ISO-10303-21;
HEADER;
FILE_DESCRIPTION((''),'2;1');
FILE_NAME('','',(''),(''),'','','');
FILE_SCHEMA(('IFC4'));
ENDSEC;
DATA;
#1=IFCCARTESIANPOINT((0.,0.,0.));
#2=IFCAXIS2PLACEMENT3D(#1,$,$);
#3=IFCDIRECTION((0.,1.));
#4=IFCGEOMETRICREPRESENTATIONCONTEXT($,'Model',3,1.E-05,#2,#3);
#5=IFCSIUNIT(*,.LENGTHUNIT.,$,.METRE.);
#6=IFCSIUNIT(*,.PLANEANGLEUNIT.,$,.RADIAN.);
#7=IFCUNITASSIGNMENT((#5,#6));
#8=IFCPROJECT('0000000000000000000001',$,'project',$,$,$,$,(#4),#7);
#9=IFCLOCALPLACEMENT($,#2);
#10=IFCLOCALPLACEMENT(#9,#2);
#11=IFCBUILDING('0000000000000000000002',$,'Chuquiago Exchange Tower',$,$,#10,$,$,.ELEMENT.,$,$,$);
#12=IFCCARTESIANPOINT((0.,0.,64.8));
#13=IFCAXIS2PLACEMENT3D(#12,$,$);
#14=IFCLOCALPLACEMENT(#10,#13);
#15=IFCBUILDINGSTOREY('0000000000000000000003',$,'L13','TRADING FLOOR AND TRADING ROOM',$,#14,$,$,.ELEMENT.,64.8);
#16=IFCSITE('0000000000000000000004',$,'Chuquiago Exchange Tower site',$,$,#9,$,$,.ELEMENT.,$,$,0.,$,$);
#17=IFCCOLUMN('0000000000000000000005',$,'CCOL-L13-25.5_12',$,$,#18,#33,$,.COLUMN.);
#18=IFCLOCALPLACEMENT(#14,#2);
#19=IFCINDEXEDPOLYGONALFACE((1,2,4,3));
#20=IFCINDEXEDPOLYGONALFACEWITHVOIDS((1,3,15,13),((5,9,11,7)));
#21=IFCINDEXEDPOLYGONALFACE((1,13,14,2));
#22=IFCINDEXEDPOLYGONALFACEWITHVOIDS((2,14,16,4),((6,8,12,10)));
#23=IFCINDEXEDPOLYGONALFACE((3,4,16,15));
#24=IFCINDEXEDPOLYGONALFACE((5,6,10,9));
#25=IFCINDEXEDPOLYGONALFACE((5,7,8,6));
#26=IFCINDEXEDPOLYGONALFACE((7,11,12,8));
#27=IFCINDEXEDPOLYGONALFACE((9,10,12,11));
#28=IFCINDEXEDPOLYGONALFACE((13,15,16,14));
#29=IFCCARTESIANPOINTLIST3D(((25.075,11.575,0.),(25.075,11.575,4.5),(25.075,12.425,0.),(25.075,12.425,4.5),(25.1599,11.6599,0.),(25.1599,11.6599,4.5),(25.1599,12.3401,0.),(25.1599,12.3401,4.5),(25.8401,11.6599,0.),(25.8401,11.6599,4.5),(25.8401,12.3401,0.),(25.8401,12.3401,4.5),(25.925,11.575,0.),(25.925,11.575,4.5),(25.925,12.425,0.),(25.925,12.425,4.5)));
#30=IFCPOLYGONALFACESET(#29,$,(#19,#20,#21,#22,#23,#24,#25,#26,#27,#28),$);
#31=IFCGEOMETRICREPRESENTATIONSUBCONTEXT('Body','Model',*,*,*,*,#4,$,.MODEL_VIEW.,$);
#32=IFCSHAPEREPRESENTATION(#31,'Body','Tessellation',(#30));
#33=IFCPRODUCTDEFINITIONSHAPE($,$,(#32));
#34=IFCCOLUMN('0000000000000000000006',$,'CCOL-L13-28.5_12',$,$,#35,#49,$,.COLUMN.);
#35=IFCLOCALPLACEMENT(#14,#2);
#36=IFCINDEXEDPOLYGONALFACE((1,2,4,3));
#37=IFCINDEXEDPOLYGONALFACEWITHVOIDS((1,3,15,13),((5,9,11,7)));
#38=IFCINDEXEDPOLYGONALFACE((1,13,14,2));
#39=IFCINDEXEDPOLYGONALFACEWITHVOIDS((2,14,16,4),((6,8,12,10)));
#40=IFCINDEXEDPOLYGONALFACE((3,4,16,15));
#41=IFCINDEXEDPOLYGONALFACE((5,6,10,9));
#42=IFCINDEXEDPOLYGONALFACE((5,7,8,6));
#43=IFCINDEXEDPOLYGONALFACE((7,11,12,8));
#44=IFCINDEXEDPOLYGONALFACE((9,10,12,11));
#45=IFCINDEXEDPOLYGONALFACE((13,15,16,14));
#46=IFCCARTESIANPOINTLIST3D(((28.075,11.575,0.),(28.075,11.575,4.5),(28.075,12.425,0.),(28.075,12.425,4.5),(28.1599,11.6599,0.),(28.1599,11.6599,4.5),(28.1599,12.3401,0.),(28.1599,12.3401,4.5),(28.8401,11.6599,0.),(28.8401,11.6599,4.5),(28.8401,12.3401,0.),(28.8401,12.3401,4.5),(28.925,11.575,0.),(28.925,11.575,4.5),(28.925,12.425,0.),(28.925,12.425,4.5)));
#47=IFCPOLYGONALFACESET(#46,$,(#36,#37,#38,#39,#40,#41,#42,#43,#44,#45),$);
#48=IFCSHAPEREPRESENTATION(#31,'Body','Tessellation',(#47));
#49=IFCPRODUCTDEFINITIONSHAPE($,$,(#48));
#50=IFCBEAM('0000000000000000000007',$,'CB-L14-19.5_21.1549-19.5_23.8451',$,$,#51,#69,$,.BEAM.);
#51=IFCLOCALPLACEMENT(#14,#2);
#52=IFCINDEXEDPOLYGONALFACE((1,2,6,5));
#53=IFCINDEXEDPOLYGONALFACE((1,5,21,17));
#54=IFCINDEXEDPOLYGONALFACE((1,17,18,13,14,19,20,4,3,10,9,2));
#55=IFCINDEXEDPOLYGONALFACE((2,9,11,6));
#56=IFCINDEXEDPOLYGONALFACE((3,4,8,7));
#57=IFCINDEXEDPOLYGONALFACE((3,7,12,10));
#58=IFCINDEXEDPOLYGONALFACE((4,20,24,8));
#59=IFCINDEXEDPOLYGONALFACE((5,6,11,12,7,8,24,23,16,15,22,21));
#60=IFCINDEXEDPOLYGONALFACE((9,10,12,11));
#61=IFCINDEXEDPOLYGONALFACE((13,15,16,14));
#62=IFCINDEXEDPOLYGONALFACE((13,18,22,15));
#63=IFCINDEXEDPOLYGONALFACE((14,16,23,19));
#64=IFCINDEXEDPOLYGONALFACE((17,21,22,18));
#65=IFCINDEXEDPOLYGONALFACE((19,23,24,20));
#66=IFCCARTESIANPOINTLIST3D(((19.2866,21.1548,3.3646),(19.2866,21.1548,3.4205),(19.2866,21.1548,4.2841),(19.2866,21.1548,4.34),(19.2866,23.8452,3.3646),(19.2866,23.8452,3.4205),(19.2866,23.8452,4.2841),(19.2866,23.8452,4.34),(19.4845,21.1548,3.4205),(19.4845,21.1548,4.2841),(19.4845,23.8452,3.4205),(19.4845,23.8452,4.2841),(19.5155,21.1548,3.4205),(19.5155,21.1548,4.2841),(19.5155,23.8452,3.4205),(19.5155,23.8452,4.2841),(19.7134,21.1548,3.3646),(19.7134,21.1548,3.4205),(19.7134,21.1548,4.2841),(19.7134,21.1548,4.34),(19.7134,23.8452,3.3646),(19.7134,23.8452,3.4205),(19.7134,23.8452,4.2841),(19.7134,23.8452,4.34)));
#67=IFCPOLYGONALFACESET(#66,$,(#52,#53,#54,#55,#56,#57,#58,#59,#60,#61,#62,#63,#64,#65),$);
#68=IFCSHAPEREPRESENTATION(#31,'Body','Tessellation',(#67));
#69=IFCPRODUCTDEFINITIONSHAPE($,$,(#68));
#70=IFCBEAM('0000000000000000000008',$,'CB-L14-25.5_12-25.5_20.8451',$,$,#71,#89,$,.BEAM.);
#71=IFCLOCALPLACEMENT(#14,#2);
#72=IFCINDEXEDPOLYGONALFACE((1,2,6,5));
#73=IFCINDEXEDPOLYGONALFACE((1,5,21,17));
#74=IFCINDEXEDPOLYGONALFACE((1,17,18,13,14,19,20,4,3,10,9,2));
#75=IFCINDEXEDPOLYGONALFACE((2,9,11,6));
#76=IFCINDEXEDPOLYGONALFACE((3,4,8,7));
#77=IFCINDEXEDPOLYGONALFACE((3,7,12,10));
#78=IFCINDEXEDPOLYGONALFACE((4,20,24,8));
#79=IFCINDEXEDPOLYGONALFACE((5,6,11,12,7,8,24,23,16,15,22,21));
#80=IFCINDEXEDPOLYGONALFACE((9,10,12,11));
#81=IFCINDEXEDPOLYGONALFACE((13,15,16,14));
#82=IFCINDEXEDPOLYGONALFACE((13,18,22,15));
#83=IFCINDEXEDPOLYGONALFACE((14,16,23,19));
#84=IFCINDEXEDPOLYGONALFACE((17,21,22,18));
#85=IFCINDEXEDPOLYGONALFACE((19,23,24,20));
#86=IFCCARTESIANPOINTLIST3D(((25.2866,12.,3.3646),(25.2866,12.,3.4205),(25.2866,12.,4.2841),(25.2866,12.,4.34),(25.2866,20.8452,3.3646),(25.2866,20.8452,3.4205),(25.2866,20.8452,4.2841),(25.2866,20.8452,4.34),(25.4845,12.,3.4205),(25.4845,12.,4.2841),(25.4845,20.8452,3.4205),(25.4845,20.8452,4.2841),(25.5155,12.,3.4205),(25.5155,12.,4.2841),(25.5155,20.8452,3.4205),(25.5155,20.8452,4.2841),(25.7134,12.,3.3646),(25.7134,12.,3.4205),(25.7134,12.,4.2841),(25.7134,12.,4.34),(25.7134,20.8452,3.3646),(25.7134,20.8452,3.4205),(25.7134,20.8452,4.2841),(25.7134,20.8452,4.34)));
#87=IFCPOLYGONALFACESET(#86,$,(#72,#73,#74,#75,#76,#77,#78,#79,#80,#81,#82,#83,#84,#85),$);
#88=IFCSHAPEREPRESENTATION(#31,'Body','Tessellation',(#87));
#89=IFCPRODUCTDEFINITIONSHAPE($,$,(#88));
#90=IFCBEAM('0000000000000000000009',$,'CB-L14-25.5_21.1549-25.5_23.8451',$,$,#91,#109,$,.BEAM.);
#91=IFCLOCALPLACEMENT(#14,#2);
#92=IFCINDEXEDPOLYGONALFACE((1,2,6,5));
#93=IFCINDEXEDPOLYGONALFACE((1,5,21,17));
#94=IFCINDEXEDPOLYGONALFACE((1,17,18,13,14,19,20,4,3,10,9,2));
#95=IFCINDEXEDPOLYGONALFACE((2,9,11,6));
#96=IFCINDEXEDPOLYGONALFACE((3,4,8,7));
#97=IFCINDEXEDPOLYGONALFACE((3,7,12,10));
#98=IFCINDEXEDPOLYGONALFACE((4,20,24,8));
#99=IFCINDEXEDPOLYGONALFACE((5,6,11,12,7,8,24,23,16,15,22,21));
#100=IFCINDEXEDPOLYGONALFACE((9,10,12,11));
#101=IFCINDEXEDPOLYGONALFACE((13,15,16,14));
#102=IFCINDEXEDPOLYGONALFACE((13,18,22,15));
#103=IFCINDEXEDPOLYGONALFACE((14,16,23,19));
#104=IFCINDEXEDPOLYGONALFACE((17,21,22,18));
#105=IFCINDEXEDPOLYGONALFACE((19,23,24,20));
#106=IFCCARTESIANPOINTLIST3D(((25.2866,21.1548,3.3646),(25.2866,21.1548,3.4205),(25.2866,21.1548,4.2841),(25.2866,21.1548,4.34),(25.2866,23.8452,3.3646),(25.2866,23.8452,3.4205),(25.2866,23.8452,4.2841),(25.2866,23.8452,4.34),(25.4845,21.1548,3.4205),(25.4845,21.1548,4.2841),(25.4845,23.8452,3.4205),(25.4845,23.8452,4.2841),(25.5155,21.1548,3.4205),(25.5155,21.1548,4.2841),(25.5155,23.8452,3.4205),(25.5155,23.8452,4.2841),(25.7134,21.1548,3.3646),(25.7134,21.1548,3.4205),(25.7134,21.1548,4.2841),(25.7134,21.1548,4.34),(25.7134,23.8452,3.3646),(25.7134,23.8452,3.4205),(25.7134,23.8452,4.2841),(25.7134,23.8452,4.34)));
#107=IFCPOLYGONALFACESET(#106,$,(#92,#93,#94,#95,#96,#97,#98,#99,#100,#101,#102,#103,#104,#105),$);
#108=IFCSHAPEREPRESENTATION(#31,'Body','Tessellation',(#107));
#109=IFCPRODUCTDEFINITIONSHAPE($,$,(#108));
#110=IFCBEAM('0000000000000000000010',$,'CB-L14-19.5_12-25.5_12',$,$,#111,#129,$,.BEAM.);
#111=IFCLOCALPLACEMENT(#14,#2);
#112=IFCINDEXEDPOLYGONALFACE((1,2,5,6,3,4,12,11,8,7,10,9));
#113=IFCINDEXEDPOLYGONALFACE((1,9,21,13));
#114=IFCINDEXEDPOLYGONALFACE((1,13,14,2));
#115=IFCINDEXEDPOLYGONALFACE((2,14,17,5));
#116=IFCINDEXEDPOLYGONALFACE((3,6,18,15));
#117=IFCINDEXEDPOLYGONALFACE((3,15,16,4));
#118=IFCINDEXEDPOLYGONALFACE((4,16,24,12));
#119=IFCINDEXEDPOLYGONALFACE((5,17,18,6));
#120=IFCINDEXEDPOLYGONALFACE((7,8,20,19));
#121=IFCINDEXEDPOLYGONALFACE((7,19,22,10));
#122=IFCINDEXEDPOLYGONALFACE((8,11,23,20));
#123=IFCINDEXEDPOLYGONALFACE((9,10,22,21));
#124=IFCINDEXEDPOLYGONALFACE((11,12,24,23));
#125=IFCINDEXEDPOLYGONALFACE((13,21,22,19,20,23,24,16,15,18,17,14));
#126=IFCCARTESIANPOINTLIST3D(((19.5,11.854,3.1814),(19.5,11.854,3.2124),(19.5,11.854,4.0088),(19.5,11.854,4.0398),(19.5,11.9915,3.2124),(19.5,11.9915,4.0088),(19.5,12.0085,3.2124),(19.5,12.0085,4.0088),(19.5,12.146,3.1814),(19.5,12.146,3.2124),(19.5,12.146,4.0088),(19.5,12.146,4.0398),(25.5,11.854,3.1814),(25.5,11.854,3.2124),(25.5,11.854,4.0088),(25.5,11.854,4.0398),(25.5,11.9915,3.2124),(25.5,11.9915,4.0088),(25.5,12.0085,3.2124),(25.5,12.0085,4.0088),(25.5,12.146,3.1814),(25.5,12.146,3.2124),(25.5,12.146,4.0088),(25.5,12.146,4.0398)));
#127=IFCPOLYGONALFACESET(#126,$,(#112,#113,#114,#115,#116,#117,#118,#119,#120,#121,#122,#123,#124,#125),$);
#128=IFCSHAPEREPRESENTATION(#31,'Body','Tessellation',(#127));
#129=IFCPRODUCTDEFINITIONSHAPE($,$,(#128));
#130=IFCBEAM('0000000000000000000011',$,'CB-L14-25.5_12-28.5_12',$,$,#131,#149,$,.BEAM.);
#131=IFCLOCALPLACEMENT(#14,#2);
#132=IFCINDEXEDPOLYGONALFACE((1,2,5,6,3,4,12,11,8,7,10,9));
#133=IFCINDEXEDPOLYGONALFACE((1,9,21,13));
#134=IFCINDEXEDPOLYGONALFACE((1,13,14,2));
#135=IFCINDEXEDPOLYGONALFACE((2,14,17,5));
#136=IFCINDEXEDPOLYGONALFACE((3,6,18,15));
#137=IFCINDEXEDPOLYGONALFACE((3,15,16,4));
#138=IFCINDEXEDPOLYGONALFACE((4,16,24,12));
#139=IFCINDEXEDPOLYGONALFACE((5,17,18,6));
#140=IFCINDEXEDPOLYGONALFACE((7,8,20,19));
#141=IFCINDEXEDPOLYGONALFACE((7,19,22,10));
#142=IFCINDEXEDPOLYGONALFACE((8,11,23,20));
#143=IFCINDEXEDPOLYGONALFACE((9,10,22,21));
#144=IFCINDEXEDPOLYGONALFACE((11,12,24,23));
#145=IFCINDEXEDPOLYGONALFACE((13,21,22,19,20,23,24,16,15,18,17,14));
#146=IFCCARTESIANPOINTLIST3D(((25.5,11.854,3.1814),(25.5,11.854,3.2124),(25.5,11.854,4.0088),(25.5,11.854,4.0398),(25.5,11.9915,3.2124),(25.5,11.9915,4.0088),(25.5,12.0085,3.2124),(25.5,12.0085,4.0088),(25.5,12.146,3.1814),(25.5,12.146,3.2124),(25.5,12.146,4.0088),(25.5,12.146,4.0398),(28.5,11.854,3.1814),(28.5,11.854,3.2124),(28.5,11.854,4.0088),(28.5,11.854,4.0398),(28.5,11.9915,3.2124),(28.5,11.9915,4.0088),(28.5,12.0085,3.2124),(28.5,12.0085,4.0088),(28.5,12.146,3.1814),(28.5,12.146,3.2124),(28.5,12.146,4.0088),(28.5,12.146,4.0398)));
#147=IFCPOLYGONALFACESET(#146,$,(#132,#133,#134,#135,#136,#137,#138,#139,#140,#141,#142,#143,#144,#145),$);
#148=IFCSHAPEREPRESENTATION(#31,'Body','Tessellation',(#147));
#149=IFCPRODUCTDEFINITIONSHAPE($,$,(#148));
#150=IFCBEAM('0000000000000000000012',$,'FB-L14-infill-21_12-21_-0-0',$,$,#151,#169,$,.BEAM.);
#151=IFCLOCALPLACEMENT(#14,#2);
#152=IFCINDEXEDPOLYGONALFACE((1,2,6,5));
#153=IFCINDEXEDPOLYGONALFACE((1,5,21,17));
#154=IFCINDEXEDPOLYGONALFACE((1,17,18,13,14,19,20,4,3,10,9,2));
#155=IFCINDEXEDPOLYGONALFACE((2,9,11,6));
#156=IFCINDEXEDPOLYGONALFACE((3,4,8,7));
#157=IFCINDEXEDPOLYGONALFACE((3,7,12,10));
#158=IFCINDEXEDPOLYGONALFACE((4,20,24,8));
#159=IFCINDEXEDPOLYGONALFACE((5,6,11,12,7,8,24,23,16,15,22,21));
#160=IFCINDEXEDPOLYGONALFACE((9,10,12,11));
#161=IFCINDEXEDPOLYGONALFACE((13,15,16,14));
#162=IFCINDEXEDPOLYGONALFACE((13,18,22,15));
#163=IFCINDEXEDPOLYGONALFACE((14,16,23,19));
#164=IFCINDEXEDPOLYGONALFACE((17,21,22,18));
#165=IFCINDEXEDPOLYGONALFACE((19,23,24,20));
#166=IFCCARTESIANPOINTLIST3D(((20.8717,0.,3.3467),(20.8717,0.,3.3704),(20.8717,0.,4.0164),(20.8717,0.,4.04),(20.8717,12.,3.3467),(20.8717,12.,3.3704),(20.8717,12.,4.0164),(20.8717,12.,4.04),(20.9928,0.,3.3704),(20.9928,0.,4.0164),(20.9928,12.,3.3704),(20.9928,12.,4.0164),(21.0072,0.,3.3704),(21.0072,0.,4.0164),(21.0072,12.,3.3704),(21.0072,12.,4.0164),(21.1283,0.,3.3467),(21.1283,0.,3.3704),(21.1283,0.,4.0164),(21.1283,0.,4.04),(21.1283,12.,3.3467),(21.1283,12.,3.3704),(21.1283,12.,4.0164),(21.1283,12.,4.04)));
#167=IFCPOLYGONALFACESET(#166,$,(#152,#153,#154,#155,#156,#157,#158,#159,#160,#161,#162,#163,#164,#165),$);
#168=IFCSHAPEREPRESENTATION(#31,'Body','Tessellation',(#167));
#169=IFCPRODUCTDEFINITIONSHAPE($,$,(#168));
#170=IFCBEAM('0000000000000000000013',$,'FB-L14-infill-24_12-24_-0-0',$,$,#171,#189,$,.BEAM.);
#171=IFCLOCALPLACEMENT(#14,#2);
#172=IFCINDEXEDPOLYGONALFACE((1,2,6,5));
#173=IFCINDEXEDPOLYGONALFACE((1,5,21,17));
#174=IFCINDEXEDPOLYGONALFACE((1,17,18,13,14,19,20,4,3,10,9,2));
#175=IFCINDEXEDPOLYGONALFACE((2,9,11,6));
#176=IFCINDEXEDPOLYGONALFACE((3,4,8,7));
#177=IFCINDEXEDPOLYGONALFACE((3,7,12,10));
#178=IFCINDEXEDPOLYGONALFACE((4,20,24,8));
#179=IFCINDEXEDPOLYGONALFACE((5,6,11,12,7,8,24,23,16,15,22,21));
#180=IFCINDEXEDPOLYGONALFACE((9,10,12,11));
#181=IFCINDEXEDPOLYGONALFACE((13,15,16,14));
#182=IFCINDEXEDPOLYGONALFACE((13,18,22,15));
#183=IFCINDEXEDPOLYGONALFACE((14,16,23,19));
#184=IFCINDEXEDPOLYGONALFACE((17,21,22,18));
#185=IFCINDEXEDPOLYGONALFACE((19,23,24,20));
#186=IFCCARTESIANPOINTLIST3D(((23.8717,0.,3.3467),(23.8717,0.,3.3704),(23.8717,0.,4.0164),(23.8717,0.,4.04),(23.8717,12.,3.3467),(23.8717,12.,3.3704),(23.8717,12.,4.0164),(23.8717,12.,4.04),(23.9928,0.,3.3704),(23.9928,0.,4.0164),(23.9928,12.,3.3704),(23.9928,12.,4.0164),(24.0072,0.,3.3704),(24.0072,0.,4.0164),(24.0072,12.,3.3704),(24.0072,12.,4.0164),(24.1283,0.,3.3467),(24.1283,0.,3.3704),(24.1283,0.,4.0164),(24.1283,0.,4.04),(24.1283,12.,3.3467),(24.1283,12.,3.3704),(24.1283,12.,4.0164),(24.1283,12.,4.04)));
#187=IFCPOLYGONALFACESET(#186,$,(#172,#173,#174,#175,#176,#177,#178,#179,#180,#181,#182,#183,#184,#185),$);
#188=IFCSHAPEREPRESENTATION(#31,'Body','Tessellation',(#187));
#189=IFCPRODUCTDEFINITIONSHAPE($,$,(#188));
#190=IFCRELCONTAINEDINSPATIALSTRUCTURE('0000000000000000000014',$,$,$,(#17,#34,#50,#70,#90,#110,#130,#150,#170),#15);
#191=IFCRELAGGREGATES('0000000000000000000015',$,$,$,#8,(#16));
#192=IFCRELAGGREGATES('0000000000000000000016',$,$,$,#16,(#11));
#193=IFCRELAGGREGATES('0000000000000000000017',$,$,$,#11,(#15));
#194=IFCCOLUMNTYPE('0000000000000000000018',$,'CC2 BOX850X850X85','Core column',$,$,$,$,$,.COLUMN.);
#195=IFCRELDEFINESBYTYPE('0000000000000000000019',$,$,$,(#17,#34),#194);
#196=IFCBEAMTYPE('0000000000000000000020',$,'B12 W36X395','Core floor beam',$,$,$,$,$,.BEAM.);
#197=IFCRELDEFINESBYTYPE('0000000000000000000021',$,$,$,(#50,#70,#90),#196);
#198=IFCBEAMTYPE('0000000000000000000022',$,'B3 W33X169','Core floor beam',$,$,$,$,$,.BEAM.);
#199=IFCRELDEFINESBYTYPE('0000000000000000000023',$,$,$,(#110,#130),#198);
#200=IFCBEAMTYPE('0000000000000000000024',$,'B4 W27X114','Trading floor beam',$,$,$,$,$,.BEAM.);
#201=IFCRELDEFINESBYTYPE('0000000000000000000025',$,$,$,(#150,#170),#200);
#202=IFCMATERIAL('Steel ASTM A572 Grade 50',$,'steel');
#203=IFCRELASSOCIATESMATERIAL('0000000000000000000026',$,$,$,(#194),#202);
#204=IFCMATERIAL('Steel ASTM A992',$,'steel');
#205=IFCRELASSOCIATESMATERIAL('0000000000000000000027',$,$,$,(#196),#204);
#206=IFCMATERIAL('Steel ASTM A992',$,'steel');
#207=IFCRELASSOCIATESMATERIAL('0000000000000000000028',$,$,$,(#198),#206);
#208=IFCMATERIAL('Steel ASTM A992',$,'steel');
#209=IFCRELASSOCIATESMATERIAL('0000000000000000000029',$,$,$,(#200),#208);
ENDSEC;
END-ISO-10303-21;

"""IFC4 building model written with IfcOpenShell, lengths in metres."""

from ifc_helpers import new_model, si_unit, direction, frame, origin, origin_2d, place, context, subcontext, project, spatial, hollow_rectangle, i_section, extrude, material, material_profile, profile_set, type_object, element, save


model = new_model("IFC4")

# Units and contexts
model_context = context("Model", 3, precision=1e-05, world=origin(), true_north=direction((0.0, 1.0)))
body_context = subcontext(model_context, "Body", "Model", "MODEL_VIEW")
ifc_project = project(units=[si_unit("LENGTHUNIT", "METRE"), si_unit("PLANEANGLEUNIT", "RADIAN")], contexts=[model_context])

# Site, building, storey
site_placement = place(None, origin())
site = spatial("IfcSite", under=ifc_project, at=site_placement, Name="Chuquiago Exchange Tower site", CompositionType="ELEMENT", RefElevation=0.0)
building_placement = place(site_placement, origin())
building = spatial("IfcBuilding", under=site, at=building_placement, Name="Chuquiago Exchange Tower", CompositionType="ELEMENT")
storey_placement = place(building_placement, frame((0.0, 0.0, 64.8)))
storey = spatial("IfcBuildingStorey", under=building, at=storey_placement, Name="L13", Description="TRADING FLOOR AND TRADING ROOM", CompositionType="ELEMENT", Elevation=64.8)

# Columns
ifc_material_1 = material(Name="Steel ASTM A572 Grade 50", Category="steel")
ifc_material_profile_1 = material_profile(ifc_material_1, hollow_rectangle(XDim=0.8501, YDim=0.8501, WallThickness=0.085, at=origin_2d()), Name="BOX850X850X85")
ifc_profile_set_1 = profile_set([ifc_material_profile_1], Name="Steel ASTM A572 Grade 50")
column_type = type_object("IfcColumnType", Name="CC2 BOX850X850X85", Description="Core column", PredefinedType="COLUMN", material=ifc_profile_set_1)
for number, where, z_axis, x_axis, name in (
    (1, (25.5, 12.0, 0.0), (0.0, 0.0, 1.0), (1.0, 0.0, 0.0), "CCOL-L13-25.5_12"),
    (2, (28.5, 12.0, 0.0), (0.0, 0.0, 1.0), (1.0, 0.0, 0.0), "CCOL-L13-28.5_12"),
):
    element("IfcColumn", number, at=place(storey_placement, frame(where, z_axis=z_axis, x_axis=x_axis)), inside=storey, type_object=column_type, Name=name, PredefinedType="COLUMN", context=body_context, shape_type="SweptSolid", body=[
        extrude(hollow_rectangle(XDim=0.8501, YDim=0.8501, WallThickness=0.085, at=origin_2d()), origin(), (0.0, 0.0, 1.0), 4.5),
    ])

# Beams
ifc_material_2 = material(Name="Steel ASTM A992", Category="steel")
ifc_material_profile_2 = material_profile(ifc_material_2, i_section(OverallWidth=0.4268, OverallDepth=0.9753, WebThickness=0.031, FlangeThickness=0.0559, at=origin_2d()), Name="W36X395")
ifc_profile_set_2 = profile_set([ifc_material_profile_2], Name="Steel ASTM A992")
beam_type_1 = type_object("IfcBeamType", Name="B12 W36X395", Description="Core floor beam", PredefinedType="BEAM", material=ifc_profile_set_2)
beam_1_placement = place(storey_placement, frame((19.5, 21.1548, 3.8523), z_axis=(0.0, 1.0, 0.0), x_axis=(-1.0, 0.0, 0.0)))
element("IfcBeam", 3, at=beam_1_placement, inside=storey, type_object=beam_type_1, Name="CB-L14-19.5_21.1549-19.5_23.8451", PredefinedType="BEAM", context=body_context, shape_type="SweptSolid", body=[
    extrude(i_section(OverallWidth=0.4268, OverallDepth=0.9753, WebThickness=0.031, FlangeThickness=0.0559, at=origin_2d()), origin(), (0.0, 0.0, 1.0), 2.6904),
])
beam_2_placement = place(storey_placement, frame((25.5, 12.0, 3.8523), z_axis=(0.0, 1.0, 0.0), x_axis=(-1.0, 0.0, 0.0)))
element("IfcBeam", 4, at=beam_2_placement, inside=storey, type_object=beam_type_1, Name="CB-L14-25.5_12-25.5_20.8451", PredefinedType="BEAM", context=body_context, shape_type="SweptSolid", body=[
    extrude(i_section(OverallWidth=0.4268, OverallDepth=0.9753, WebThickness=0.031, FlangeThickness=0.0559, at=origin_2d()), origin(), (0.0, 0.0, 1.0), 8.8452),
])
beam_3_placement = place(storey_placement, frame((25.5, 21.1548, 3.8523), z_axis=(0.0, 1.0, 0.0), x_axis=(-1.0, 0.0, 0.0)))
element("IfcBeam", 5, at=beam_3_placement, inside=storey, type_object=beam_type_1, Name="CB-L14-25.5_21.1549-25.5_23.8451", PredefinedType="BEAM", context=body_context, shape_type="SweptSolid", body=[
    extrude(i_section(OverallWidth=0.4268, OverallDepth=0.9753, WebThickness=0.031, FlangeThickness=0.0559, at=origin_2d()), origin(), (0.0, 0.0, 1.0), 2.6904),
])
ifc_material_3 = material(Name="Steel ASTM A992", Category="steel")
ifc_material_profile_3 = material_profile(ifc_material_3, i_section(OverallWidth=0.292, OverallDepth=0.8584, WebThickness=0.0171, FlangeThickness=0.031, at=origin_2d()), Name="W33X169")
ifc_profile_set_3 = profile_set([ifc_material_profile_3], Name="Steel ASTM A992")
beam_type_2 = type_object("IfcBeamType", Name="B3 W33X169", Description="Core floor beam", PredefinedType="BEAM", material=ifc_profile_set_3)
beam_4_placement = place(storey_placement, frame((19.5, 12.0, 3.6106), z_axis=(1.0, 0.0, 0.0), x_axis=(0.0, 1.0, 0.0)))
element("IfcBeam", 6, at=beam_4_placement, inside=storey, type_object=beam_type_2, Name="CB-L14-19.5_12-25.5_12", PredefinedType="BEAM", context=body_context, shape_type="SweptSolid", body=[
    extrude(i_section(OverallWidth=0.292, OverallDepth=0.8584, WebThickness=0.0171, FlangeThickness=0.031, at=origin_2d()), origin(), (0.0, 0.0, 1.0), 6.0),
])
beam_5_placement = place(storey_placement, frame((25.5, 12.0, 3.6106), z_axis=(1.0, 0.0, 0.0), x_axis=(0.0, 1.0, 0.0)))
element("IfcBeam", 7, at=beam_5_placement, inside=storey, type_object=beam_type_2, Name="CB-L14-25.5_12-28.5_12", PredefinedType="BEAM", context=body_context, shape_type="SweptSolid", body=[
    extrude(i_section(OverallWidth=0.292, OverallDepth=0.8584, WebThickness=0.0171, FlangeThickness=0.031, at=origin_2d()), origin(), (0.0, 0.0, 1.0), 3.0),
])
ifc_material_4 = material(Name="Steel ASTM A992", Category="steel")
ifc_material_profile_4 = material_profile(ifc_material_4, i_section(OverallWidth=0.2566, OverallDepth=0.6934, WebThickness=0.0144, FlangeThickness=0.0237, at=origin_2d()), Name="W27X114")
ifc_profile_set_4 = profile_set([ifc_material_profile_4], Name="Steel ASTM A992")
beam_type_3 = type_object("IfcBeamType", Name="B4 W27X114", Description="Trading floor beam", PredefinedType="BEAM", material=ifc_profile_set_4)
for number, where, z_axis, x_axis, name in (
    (8, (21.0, 12.0, 3.6934), (0.0, -1.0, 0.0), (1.0, 0.0, 0.0), "FB-L14-infill-21_12-21_-0-0"),
    (9, (24.0, 12.0, 3.6934), (0.0, -1.0, 0.0), (1.0, 0.0, 0.0), "FB-L14-infill-24_12-24_-0-0"),
):
    element("IfcBeam", number, at=place(storey_placement, frame(where, z_axis=z_axis, x_axis=x_axis)), inside=storey, type_object=beam_type_3, Name=name, PredefinedType="BEAM", context=body_context, shape_type="SweptSolid", body=[
        extrude(i_section(OverallWidth=0.2566, OverallDepth=0.6934, WebThickness=0.0144, FlangeThickness=0.0237, at=origin_2d()), origin(), (0.0, 0.0, 1.0), 12.0),
    ])

save(model, "model.ifc")
